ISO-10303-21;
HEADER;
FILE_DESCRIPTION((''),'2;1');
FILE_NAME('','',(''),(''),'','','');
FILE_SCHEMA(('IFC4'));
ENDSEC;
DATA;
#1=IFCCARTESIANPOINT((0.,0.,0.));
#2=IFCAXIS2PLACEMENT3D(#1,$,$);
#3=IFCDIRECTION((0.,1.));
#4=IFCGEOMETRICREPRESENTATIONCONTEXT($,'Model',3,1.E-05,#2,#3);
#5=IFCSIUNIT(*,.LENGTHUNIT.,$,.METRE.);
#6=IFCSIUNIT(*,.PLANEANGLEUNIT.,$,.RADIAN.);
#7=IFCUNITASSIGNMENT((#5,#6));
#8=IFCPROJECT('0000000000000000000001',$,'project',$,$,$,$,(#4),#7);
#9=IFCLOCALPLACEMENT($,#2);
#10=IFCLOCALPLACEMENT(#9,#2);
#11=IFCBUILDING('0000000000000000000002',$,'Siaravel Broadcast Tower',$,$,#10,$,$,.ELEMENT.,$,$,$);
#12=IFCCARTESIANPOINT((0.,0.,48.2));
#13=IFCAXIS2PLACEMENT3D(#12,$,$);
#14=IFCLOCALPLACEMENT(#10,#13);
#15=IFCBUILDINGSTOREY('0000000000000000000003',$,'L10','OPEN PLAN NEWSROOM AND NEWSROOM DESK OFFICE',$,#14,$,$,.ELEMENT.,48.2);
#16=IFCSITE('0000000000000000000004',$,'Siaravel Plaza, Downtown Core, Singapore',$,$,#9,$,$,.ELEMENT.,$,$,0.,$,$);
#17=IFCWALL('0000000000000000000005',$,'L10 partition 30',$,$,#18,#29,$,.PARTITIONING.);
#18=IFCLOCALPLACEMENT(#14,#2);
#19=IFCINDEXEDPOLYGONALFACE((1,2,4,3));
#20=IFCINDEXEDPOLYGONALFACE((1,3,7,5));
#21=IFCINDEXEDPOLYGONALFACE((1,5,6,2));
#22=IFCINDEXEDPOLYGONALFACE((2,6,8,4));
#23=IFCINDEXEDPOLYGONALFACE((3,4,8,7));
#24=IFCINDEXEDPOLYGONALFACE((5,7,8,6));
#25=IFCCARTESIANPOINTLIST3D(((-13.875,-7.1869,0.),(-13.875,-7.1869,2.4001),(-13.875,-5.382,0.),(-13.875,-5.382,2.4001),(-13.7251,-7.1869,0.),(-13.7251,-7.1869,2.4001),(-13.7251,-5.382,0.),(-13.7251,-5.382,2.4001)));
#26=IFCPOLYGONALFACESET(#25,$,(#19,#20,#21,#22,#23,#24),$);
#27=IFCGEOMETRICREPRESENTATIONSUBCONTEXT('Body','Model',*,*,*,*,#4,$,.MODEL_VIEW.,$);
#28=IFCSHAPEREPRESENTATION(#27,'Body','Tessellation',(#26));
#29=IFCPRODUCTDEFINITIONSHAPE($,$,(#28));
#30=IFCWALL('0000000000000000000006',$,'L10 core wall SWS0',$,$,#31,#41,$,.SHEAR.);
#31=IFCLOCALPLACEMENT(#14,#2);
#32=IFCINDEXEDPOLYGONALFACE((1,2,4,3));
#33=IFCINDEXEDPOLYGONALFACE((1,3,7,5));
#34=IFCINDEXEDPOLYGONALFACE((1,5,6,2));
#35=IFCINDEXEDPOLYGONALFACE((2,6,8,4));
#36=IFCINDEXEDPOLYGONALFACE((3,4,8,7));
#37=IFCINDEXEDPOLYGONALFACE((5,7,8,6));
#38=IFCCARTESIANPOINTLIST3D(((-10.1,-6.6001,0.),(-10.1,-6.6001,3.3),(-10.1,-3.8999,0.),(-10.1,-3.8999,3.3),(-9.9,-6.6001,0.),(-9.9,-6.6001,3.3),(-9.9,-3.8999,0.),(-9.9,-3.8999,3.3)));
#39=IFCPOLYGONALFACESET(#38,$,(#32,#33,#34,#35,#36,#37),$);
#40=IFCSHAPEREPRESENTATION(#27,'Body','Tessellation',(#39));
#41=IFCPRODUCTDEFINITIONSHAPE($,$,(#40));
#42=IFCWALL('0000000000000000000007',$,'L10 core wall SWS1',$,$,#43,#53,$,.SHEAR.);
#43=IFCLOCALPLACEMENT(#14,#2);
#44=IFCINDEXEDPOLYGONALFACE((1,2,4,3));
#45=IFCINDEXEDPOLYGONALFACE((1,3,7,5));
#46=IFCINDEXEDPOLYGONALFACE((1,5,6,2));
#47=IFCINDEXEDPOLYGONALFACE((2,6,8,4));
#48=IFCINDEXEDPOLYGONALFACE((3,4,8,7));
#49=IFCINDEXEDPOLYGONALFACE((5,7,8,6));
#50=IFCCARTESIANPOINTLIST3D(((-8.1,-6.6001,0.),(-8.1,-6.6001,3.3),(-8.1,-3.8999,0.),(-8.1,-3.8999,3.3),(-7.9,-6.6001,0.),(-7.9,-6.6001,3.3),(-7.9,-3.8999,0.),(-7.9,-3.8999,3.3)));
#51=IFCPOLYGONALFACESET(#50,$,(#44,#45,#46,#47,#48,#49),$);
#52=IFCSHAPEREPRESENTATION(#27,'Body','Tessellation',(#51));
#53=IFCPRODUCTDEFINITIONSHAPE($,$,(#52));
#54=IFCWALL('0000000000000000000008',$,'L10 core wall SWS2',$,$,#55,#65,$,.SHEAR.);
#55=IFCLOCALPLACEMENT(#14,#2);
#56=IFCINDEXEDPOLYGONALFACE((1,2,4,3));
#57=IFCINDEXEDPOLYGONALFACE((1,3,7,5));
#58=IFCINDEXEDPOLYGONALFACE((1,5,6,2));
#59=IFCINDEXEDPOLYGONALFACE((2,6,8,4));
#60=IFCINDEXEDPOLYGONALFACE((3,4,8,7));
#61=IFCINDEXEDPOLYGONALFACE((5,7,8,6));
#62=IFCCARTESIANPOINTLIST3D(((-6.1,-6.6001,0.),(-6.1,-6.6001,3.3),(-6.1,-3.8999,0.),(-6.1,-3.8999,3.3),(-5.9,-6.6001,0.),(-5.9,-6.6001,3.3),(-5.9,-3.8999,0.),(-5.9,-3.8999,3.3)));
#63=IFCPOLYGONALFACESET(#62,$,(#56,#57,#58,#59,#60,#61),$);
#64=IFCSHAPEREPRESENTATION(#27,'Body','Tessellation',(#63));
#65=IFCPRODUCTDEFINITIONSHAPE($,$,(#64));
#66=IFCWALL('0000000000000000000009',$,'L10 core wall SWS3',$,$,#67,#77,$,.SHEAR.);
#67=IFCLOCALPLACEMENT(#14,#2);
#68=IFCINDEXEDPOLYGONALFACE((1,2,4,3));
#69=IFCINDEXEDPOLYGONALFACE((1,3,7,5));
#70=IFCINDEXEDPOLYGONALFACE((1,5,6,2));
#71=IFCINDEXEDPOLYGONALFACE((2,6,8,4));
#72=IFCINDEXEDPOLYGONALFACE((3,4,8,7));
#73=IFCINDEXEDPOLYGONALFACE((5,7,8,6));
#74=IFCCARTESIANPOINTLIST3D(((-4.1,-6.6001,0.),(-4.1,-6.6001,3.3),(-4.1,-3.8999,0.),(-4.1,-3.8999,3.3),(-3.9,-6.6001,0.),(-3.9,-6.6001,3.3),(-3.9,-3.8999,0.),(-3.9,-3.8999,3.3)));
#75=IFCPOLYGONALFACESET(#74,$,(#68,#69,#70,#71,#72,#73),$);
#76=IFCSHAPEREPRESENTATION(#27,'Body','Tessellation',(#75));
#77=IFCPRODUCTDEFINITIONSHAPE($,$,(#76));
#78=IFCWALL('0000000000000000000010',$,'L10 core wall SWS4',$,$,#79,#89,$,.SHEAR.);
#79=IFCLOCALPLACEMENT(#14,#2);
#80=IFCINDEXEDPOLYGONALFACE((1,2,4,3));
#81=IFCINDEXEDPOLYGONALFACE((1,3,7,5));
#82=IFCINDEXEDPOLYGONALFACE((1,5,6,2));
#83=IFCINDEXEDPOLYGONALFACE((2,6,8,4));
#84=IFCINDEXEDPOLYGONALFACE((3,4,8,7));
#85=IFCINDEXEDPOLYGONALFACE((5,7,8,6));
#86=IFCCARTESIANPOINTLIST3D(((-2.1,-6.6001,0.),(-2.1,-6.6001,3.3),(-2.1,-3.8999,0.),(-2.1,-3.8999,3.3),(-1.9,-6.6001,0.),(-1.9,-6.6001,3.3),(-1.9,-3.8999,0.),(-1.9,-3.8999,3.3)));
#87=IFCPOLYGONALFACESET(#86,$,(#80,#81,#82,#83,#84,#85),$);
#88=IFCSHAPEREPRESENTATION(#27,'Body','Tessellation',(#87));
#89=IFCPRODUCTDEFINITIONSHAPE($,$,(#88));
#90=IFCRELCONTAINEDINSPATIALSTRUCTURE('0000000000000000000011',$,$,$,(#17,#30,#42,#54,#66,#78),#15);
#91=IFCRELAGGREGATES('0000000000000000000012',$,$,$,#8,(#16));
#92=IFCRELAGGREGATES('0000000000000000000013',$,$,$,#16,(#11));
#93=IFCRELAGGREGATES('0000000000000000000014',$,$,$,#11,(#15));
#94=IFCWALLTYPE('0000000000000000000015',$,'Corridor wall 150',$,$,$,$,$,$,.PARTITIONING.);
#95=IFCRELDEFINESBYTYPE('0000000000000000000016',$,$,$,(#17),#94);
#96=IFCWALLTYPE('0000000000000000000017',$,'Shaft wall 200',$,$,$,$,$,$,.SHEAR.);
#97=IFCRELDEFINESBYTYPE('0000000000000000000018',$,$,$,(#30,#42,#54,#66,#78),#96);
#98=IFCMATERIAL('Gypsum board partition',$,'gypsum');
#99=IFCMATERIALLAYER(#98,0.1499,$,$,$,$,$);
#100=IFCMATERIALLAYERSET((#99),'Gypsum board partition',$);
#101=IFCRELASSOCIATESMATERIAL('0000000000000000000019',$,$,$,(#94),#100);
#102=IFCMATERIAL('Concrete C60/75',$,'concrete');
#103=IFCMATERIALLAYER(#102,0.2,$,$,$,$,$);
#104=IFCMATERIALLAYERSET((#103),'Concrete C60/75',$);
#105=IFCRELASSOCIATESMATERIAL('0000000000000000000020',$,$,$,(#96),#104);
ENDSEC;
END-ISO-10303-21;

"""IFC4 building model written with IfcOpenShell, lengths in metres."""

from ifc_helpers import new_model, si_unit, direction, frame, frame_2d, origin, place, context, subcontext, project, spatial, rectangle, extrude, material, layer, layer_set, type_object, element, save


model = new_model("IFC4")

# Units and contexts
model_context = context("Model", 3, precision=1e-05, world=origin(), true_north=direction((0.0, 1.0)))
body_context = subcontext(model_context, "Body", "Model", "MODEL_VIEW")
ifc_project = project(units=[si_unit("LENGTHUNIT", "METRE"), si_unit("PLANEANGLEUNIT", "RADIAN")], contexts=[model_context])

# Site, building, storey
site_placement = place(None, origin())
site = spatial("IfcSite", under=ifc_project, at=site_placement, Name="Siaravel Plaza, Downtown Core, Singapore", CompositionType="ELEMENT", RefElevation=0.0)
building_placement = place(site_placement, origin())
building = spatial("IfcBuilding", under=site, at=building_placement, Name="Siaravel Broadcast Tower", CompositionType="ELEMENT")
storey_placement = place(building_placement, frame((0.0, 0.0, 48.2)))
storey = spatial("IfcBuildingStorey", under=building, at=storey_placement, Name="L10", Description="OPEN PLAN NEWSROOM AND NEWSROOM DESK OFFICE", CompositionType="ELEMENT", Elevation=48.2)

# Shared definitions
ifc_material_1 = material(Name="Concrete C60/75", Category="concrete")

# Walls
ifc_material_2 = material(Name="Gypsum board partition", Category="gypsum")
ifc_layer_1 = layer(ifc_material_2, 0.1499)
ifc_layer_set_1 = layer_set([ifc_layer_1], Name="Gypsum board partition")
wall_type_1 = type_object("IfcWallType", Name="Corridor wall 150", PredefinedType="PARTITIONING", material=ifc_layer_set_1)
wall_1_placement = place(storey_placement, frame((-13.8, -5.3821, 0.0), z_axis=(0.0, 0.0, 1.0), x_axis=(0.0, -1.0, 0.0)))
element("IfcWall", 1, at=wall_1_placement, inside=storey, type_object=wall_type_1, Name="L10 partition 30", PredefinedType="PARTITIONING", context=body_context, shape_type="SweptSolid", body=[
    extrude(rectangle(XDim=1.8049, YDim=0.1499, at=frame_2d((0.9023, 0.0))), origin(), (0.0, 0.0, 1.0), 2.4001),
])
ifc_layer_2 = layer(ifc_material_1, 0.2)
ifc_layer_set_2 = layer_set([ifc_layer_2], Name="Concrete C60/75")
wall_type_2 = type_object("IfcWallType", Name="Shaft wall 200", PredefinedType="SHEAR", material=ifc_layer_set_2)
for number, where, z_axis, x_axis, name in (
    (2, (-10.0, -6.6001, 0.0), (0.0, 0.0, 1.0), (0.0, 1.0, 0.0), "L10 core wall SWS0"),
    (3, (-8.0, -6.6001, 0.0), (0.0, 0.0, 1.0), (0.0, 1.0, 0.0), "L10 core wall SWS1"),
    (4, (-6.0, -6.6001, 0.0), (0.0, 0.0, 1.0), (0.0, 1.0, 0.0), "L10 core wall SWS2"),
    (5, (-4.0, -6.6001, 0.0), (0.0, 0.0, 1.0), (0.0, 1.0, 0.0), "L10 core wall SWS3"),
    (6, (-2.0, -6.6001, 0.0), (0.0, 0.0, 1.0), (0.0, 1.0, 0.0), "L10 core wall SWS4"),
):
    element("IfcWall", number, at=place(storey_placement, frame(where, z_axis=z_axis, x_axis=x_axis)), inside=storey, type_object=wall_type_2, Name=name, PredefinedType="SHEAR", context=body_context, shape_type="SweptSolid", body=[
        extrude(rectangle(XDim=2.7002, YDim=0.2, at=frame_2d((1.3501, 0.0))), origin(), (0.0, 0.0, 1.0), 3.3),
    ])

save(model, "model.ifc")
